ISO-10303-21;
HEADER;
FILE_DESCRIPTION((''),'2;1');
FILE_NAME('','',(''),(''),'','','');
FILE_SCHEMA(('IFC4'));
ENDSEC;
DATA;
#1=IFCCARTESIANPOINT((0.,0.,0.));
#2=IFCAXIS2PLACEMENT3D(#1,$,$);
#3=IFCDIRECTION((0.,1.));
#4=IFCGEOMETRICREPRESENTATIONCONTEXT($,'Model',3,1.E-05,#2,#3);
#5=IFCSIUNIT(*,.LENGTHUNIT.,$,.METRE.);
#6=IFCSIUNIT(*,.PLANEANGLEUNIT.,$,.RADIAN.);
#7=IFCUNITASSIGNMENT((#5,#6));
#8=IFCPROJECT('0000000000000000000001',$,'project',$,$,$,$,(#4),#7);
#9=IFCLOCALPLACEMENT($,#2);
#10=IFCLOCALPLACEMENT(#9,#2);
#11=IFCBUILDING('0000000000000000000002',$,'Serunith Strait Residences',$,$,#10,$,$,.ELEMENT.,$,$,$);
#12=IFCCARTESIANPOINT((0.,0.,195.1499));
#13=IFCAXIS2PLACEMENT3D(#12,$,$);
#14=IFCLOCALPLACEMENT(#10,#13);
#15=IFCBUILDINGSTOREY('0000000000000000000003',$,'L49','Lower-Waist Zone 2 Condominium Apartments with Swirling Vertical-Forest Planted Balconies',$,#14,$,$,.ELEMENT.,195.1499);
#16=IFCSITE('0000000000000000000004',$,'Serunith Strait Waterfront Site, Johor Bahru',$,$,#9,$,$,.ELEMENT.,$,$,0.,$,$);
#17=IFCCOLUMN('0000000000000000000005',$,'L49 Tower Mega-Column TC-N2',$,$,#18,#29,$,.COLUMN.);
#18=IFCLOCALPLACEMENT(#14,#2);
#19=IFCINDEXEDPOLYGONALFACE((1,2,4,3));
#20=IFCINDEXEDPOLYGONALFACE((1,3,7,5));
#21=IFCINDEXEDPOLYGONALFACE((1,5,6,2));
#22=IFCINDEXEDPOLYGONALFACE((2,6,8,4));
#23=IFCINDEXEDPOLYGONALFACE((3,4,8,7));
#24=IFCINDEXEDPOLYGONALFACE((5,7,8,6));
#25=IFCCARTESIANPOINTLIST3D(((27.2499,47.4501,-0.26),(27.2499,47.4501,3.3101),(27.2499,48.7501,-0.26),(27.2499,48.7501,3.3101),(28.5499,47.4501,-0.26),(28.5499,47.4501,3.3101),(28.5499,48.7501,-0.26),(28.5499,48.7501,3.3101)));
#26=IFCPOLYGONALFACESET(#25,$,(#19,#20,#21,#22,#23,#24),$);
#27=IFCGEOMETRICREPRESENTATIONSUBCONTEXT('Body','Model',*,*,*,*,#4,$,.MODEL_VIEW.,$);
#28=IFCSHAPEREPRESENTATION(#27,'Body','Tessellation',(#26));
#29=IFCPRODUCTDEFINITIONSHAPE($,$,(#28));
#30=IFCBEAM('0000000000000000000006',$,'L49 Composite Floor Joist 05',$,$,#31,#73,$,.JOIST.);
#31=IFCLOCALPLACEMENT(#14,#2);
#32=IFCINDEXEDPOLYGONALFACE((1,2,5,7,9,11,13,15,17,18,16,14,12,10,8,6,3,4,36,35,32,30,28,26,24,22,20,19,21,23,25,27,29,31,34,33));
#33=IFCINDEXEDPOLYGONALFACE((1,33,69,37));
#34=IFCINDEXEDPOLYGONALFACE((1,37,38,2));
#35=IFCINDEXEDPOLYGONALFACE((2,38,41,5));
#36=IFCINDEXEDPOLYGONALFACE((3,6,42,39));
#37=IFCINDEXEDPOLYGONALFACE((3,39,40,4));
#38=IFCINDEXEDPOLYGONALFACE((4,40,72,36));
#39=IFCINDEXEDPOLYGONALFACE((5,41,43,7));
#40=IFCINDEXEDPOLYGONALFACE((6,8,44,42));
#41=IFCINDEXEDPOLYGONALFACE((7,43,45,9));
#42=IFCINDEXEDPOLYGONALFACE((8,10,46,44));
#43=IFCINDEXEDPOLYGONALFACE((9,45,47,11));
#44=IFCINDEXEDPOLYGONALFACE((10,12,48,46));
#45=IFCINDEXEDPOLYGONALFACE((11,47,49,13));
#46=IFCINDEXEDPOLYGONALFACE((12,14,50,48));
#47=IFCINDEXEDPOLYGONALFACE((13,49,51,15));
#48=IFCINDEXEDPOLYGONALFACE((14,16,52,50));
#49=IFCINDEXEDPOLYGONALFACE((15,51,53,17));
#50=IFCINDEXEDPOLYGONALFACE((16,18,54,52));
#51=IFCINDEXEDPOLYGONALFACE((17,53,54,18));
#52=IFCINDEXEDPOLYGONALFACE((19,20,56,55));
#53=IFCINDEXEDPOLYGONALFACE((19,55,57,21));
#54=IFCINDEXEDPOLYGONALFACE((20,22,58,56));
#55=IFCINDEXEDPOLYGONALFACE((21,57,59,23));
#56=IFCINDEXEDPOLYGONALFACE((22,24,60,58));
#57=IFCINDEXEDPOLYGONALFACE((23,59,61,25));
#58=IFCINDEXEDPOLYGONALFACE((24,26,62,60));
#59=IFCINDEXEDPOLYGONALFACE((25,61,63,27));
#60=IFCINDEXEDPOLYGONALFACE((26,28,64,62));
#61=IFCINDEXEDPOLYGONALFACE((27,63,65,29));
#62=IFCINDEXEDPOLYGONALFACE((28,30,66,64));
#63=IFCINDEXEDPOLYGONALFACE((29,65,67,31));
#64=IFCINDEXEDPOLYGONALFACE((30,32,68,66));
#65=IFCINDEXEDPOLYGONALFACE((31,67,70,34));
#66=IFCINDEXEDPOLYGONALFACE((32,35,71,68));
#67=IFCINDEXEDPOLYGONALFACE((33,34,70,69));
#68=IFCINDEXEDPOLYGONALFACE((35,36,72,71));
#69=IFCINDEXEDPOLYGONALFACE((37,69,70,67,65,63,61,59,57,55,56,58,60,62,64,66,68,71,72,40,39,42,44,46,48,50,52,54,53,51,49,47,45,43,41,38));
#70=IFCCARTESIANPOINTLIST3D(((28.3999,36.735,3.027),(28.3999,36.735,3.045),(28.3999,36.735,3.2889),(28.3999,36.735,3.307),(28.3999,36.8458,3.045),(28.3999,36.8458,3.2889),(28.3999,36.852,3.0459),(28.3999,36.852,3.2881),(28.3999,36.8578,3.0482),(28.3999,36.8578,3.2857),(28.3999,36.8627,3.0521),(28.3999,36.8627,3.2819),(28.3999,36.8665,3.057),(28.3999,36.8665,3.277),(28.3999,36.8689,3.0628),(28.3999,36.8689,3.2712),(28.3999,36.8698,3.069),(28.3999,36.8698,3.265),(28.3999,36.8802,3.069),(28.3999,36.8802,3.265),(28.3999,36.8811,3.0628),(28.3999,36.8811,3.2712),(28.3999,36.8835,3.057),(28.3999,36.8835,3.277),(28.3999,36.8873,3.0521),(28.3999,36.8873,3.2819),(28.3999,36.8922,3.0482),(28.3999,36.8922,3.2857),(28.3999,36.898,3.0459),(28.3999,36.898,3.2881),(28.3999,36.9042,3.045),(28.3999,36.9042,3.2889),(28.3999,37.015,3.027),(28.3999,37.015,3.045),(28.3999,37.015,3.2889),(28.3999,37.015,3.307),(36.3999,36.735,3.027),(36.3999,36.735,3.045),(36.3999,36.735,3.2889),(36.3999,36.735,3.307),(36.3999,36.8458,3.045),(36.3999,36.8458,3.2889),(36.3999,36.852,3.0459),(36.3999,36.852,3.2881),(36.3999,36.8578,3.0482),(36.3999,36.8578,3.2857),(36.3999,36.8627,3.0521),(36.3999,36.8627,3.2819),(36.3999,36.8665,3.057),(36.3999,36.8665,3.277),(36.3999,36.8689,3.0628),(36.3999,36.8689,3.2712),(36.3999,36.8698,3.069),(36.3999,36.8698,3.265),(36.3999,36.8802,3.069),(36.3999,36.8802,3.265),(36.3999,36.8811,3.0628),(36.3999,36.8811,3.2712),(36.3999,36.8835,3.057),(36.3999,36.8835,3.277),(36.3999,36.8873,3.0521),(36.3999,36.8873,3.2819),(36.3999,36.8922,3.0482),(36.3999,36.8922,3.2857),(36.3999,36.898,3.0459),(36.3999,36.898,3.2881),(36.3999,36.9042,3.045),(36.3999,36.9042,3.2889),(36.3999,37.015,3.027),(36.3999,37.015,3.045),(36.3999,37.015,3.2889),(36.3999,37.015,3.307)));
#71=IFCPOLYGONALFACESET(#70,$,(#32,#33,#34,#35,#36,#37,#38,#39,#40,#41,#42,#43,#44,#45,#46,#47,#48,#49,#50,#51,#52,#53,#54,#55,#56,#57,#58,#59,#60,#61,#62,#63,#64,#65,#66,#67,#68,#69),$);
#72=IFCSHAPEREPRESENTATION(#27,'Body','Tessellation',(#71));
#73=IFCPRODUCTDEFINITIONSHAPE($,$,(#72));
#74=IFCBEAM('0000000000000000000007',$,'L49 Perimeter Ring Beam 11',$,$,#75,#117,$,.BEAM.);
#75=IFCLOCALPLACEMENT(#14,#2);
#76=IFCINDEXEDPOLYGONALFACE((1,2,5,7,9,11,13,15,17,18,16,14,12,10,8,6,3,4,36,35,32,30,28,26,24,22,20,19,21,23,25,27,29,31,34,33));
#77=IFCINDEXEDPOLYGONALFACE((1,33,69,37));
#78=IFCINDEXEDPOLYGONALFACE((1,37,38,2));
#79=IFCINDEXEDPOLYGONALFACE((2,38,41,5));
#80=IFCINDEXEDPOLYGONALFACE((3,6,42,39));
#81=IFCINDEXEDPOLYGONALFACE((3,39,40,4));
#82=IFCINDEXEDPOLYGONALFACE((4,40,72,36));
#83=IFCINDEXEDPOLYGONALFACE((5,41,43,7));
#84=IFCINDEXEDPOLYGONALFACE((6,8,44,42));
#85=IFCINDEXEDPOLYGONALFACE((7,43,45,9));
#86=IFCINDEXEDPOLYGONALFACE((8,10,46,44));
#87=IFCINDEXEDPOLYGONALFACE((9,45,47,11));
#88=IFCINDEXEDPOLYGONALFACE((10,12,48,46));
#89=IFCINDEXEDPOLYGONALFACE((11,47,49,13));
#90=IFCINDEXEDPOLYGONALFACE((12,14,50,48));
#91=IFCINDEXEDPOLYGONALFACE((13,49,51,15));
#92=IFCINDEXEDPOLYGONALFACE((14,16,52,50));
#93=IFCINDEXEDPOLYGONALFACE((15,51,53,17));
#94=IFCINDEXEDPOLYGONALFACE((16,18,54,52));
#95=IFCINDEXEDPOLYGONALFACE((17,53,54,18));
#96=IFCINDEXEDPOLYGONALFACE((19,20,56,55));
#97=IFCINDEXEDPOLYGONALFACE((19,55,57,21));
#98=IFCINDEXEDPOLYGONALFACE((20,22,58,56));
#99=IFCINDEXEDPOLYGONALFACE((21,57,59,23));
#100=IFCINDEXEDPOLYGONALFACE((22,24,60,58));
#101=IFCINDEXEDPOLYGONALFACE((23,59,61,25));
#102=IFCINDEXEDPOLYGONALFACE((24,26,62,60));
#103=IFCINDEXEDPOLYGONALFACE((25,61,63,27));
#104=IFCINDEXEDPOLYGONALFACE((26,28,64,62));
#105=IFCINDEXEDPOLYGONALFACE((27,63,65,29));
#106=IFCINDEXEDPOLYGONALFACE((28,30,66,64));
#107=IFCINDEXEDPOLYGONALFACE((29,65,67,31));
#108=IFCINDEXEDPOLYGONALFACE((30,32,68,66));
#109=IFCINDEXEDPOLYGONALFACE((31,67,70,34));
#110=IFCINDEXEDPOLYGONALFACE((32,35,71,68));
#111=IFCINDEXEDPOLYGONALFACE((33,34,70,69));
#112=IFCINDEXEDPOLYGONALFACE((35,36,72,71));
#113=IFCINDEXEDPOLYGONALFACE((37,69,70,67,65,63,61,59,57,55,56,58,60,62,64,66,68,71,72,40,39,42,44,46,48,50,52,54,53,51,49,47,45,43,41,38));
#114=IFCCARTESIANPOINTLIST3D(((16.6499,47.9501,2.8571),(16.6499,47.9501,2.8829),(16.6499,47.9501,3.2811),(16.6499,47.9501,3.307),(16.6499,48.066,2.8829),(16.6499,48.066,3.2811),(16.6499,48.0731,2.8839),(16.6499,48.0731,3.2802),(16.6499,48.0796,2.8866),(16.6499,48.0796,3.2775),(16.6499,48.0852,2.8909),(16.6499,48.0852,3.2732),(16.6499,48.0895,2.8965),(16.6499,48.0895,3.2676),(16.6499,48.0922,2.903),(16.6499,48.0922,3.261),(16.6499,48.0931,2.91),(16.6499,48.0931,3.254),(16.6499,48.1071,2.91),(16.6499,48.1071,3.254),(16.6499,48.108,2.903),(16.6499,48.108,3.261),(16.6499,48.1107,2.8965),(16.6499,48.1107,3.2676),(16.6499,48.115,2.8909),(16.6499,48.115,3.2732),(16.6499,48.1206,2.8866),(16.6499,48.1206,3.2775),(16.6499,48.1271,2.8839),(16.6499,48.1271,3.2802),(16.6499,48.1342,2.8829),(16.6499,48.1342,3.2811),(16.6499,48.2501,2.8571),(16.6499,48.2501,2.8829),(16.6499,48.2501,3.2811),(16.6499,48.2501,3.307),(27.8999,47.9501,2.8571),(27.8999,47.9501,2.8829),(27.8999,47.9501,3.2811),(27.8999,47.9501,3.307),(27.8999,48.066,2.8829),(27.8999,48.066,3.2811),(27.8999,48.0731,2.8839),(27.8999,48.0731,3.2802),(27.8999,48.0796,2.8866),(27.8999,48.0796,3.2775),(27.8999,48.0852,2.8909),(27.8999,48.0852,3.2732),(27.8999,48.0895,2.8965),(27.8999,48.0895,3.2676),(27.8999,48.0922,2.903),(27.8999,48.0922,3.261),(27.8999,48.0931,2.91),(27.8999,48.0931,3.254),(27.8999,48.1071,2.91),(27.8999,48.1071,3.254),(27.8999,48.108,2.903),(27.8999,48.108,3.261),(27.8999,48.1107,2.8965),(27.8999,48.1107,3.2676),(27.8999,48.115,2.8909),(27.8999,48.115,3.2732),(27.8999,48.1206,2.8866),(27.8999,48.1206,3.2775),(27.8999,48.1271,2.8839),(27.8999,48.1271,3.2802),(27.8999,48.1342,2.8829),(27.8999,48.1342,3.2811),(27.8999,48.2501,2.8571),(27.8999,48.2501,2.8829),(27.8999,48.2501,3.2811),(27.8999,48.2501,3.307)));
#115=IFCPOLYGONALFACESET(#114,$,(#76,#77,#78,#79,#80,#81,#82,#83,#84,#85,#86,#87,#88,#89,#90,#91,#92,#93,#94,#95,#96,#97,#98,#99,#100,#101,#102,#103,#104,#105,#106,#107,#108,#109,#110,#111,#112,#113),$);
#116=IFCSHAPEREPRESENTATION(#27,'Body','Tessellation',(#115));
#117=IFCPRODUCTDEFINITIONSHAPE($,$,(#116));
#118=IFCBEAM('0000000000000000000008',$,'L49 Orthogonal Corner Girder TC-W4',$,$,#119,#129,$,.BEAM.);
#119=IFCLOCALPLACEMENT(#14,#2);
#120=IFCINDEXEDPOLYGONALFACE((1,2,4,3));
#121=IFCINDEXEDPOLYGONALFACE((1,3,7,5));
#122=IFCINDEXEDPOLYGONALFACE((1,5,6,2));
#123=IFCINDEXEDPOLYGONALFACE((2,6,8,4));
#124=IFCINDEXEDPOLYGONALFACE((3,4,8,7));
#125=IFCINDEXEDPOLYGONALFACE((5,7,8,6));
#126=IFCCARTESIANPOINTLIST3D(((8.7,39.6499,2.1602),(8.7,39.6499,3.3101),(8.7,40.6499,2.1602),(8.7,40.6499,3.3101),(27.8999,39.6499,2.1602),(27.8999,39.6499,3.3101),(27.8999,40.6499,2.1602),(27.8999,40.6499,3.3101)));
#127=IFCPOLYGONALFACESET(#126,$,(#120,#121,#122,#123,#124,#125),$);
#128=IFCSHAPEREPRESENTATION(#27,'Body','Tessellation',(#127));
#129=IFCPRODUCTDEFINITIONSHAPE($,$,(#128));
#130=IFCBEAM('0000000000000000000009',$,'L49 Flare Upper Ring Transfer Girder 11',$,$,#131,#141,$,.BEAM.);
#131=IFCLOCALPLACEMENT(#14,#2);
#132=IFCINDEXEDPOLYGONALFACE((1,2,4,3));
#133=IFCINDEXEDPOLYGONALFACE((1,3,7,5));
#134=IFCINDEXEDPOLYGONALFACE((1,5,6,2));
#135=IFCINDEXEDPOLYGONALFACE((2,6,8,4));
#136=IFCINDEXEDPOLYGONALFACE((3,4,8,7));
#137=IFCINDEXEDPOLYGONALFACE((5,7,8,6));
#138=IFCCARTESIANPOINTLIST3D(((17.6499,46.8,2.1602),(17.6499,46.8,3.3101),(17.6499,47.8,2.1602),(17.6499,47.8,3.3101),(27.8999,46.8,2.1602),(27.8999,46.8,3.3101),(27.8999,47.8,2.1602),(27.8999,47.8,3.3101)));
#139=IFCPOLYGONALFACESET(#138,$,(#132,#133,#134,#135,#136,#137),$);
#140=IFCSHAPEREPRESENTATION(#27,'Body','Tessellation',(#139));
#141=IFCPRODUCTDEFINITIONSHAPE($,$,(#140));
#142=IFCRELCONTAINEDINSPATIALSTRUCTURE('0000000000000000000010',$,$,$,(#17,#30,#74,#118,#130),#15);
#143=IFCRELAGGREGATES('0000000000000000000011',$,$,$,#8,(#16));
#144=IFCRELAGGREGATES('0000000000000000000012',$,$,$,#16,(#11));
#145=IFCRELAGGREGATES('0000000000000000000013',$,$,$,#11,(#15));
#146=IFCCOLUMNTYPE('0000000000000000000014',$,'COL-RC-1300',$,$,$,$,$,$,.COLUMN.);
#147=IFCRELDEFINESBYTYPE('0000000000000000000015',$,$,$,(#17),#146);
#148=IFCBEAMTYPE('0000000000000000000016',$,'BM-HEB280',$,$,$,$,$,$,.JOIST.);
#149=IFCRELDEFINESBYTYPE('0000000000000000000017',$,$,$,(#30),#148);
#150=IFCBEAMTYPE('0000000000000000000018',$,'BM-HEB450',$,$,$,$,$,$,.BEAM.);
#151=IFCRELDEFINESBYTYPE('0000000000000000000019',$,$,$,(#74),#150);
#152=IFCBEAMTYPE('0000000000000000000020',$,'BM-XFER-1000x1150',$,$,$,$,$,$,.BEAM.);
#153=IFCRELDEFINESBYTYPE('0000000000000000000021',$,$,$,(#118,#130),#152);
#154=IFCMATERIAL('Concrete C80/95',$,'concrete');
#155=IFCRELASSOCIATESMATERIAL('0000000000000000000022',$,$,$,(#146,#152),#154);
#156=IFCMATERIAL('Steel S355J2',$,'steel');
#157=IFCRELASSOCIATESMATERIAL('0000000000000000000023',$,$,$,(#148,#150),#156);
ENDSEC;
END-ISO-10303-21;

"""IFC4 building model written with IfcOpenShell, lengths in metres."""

from ifc_helpers import new_model, si_unit, direction, frame, origin, origin_2d, place, context, subcontext, project, spatial, rectangle, i_section, extrude, source, transform, mapped, material, material_profile, profile_set, type_object, element, save


model = new_model("IFC4")

# Units and contexts
model_context = context("Model", 3, precision=1e-05, world=origin(), true_north=direction((0.0, 1.0)))
body_context = subcontext(model_context, "Body", "Model", "MODEL_VIEW")
ifc_project = project(units=[si_unit("LENGTHUNIT", "METRE"), si_unit("PLANEANGLEUNIT", "RADIAN")], contexts=[model_context])

# Site, building, storey
site_placement = place(None, origin())
site = spatial("IfcSite", under=ifc_project, at=site_placement, Name="Serunith Strait Waterfront Site, Johor Bahru", CompositionType="ELEMENT", RefElevation=0.0)
building_placement = place(site_placement, origin())
building = spatial("IfcBuilding", under=site, at=building_placement, Name="Serunith Strait Residences", CompositionType="ELEMENT")
storey_placement = place(building_placement, frame((0.0, 0.0, 195.1499)))
storey = spatial("IfcBuildingStorey", under=building, at=storey_placement, Name="L49", Description="Lower-Waist Zone 2 Condominium Apartments with Swirling Vertical-Forest Planted Balconies", CompositionType="ELEMENT", Elevation=195.1499)

# Column
ifc_material_1 = material(Name="Concrete C80/95", Category="concrete")
ifc_material_profile_1 = material_profile(ifc_material_1, rectangle(XDim=1.3, YDim=1.3, at=origin_2d()), Name="RC 1300x1300")
ifc_profile_set_1 = profile_set([ifc_material_profile_1], Name="Concrete C80/95")
column_type = type_object("IfcColumnType", Name="COL-RC-1300", PredefinedType="COLUMN", material=ifc_profile_set_1)
shared_shape_1 = source(origin(), body_context, "Body", "SweptSolid", [
    extrude(rectangle(XDim=1.3, YDim=1.3, at=origin_2d()), origin(), (0.0, 0.0, 1.0), 3.5701),
])
column_placement = place(storey_placement, frame((27.8999, 48.1001, -0.26), z_axis=(0.0, 0.0, 1.0), x_axis=(1.0, 0.0, 0.0)))
element("IfcColumn", 1, at=column_placement, inside=storey, type_object=column_type, Name="L49 Tower Mega-Column TC-N2", PredefinedType="COLUMN", context=body_context, shape_type="MappedRepresentation", body=[
    mapped(shared_shape_1, transform((0.0, 0.0, 0.0), scale=1.0)),
])

# Beams
ifc_material_2 = material(Name="Steel S355J2", Category="steel")
ifc_material_profile_2 = material_profile(ifc_material_2, i_section(OverallWidth=0.28, OverallDepth=0.28, WebThickness=0.0105, FlangeThickness=0.0181, FilletRadius=0.0239, at=origin_2d()), Name="HEB 280")
ifc_profile_set_2 = profile_set([ifc_material_profile_2], Name="Steel S355J2")
beam_type_1 = type_object("IfcBeamType", Name="BM-HEB280", PredefinedType="JOIST", material=ifc_profile_set_2)
shared_shape_2 = source(origin(), body_context, "Body", "SweptSolid", [
    extrude(i_section(OverallWidth=0.28, OverallDepth=0.28, WebThickness=0.0105, FlangeThickness=0.0181, FilletRadius=0.0239, at=origin_2d()), origin(), (0.0, 0.0, 1.0), 8.0),
])
beam_1_placement = place(storey_placement, frame((28.3999, 36.875, 3.167), z_axis=(1.0, 0.0, 0.0), x_axis=(0.0, 1.0, 0.0)))
element("IfcBeam", 2, at=beam_1_placement, inside=storey, type_object=beam_type_1, Name="L49 Composite Floor Joist 05", PredefinedType="JOIST", context=body_context, shape_type="MappedRepresentation", body=[
    mapped(shared_shape_2, transform((0.0, 0.0, 0.0), scale=1.0)),
])
ifc_material_profile_3 = material_profile(ifc_material_2, i_section(OverallWidth=0.3, OverallDepth=0.45, WebThickness=0.0139, FlangeThickness=0.0259, FilletRadius=0.0271, at=origin_2d()), Name="HEB 450")
ifc_profile_set_3 = profile_set([ifc_material_profile_3], Name="Steel S355J2")
beam_type_2 = type_object("IfcBeamType", Name="BM-HEB450", PredefinedType="BEAM", material=ifc_profile_set_3)
shared_shape_3 = source(origin(), body_context, "Body", "SweptSolid", [
    extrude(i_section(OverallWidth=0.3, OverallDepth=0.45, WebThickness=0.0139, FlangeThickness=0.0259, FilletRadius=0.0271, at=origin_2d()), origin(), (0.0, 0.0, 1.0), 11.25),
])
beam_2_placement = place(storey_placement, frame((27.8999, 48.1001, 3.082), z_axis=(-1.0, 0.0, 0.0), x_axis=(0.0, -1.0, 0.0)))
element("IfcBeam", 3, at=beam_2_placement, inside=storey, type_object=beam_type_2, Name="L49 Perimeter Ring Beam 11", PredefinedType="BEAM", context=body_context, shape_type="MappedRepresentation", body=[
    mapped(shared_shape_3, transform((0.0, 0.0, 0.0), scale=1.0)),
])
ifc_material_profile_4 = material_profile(ifc_material_1, rectangle(XDim=1.0, YDim=1.1499, at=origin_2d()), Name="RC 1000x1150")
ifc_profile_set_4 = profile_set([ifc_material_profile_4], Name="Concrete C80/95")
beam_type_3 = type_object("IfcBeamType", Name="BM-XFER-1000x1150", PredefinedType="BEAM", material=ifc_profile_set_4)
shared_shape_4 = source(origin(), body_context, "Body", "SweptSolid", [
    extrude(rectangle(XDim=1.0, YDim=1.1499, at=origin_2d()), origin(), (0.0, 0.0, 1.0), 19.2),
])
beam_3_placement = place(storey_placement, frame((27.8999, 40.1499, 2.7351), z_axis=(-1.0, 0.0, 0.0), x_axis=(0.0, -1.0, 0.0)))
element("IfcBeam", 4, at=beam_3_placement, inside=storey, type_object=beam_type_3, Name="L49 Orthogonal Corner Girder TC-W4", PredefinedType="BEAM", context=body_context, shape_type="MappedRepresentation", body=[
    mapped(shared_shape_4, transform((0.0, 0.0, 0.0), scale=1.0)),
])
shared_shape_5 = source(origin(), body_context, "Body", "SweptSolid", [
    extrude(rectangle(XDim=1.0, YDim=1.1499, at=origin_2d()), origin(), (0.0, 0.0, 1.0), 10.25),
])
beam_4_placement = place(storey_placement, frame((27.8999, 47.3, 2.7351), z_axis=(-1.0, 0.0, 0.0), x_axis=(0.0, -1.0, 0.0)))
element("IfcBeam", 5, at=beam_4_placement, inside=storey, type_object=beam_type_3, Name="L49 Flare Upper Ring Transfer Girder 11", PredefinedType="BEAM", context=body_context, shape_type="MappedRepresentation", body=[
    mapped(shared_shape_5, transform((0.0, 0.0, 0.0), scale=1.0)),
])

save(model, "model.ifc")
